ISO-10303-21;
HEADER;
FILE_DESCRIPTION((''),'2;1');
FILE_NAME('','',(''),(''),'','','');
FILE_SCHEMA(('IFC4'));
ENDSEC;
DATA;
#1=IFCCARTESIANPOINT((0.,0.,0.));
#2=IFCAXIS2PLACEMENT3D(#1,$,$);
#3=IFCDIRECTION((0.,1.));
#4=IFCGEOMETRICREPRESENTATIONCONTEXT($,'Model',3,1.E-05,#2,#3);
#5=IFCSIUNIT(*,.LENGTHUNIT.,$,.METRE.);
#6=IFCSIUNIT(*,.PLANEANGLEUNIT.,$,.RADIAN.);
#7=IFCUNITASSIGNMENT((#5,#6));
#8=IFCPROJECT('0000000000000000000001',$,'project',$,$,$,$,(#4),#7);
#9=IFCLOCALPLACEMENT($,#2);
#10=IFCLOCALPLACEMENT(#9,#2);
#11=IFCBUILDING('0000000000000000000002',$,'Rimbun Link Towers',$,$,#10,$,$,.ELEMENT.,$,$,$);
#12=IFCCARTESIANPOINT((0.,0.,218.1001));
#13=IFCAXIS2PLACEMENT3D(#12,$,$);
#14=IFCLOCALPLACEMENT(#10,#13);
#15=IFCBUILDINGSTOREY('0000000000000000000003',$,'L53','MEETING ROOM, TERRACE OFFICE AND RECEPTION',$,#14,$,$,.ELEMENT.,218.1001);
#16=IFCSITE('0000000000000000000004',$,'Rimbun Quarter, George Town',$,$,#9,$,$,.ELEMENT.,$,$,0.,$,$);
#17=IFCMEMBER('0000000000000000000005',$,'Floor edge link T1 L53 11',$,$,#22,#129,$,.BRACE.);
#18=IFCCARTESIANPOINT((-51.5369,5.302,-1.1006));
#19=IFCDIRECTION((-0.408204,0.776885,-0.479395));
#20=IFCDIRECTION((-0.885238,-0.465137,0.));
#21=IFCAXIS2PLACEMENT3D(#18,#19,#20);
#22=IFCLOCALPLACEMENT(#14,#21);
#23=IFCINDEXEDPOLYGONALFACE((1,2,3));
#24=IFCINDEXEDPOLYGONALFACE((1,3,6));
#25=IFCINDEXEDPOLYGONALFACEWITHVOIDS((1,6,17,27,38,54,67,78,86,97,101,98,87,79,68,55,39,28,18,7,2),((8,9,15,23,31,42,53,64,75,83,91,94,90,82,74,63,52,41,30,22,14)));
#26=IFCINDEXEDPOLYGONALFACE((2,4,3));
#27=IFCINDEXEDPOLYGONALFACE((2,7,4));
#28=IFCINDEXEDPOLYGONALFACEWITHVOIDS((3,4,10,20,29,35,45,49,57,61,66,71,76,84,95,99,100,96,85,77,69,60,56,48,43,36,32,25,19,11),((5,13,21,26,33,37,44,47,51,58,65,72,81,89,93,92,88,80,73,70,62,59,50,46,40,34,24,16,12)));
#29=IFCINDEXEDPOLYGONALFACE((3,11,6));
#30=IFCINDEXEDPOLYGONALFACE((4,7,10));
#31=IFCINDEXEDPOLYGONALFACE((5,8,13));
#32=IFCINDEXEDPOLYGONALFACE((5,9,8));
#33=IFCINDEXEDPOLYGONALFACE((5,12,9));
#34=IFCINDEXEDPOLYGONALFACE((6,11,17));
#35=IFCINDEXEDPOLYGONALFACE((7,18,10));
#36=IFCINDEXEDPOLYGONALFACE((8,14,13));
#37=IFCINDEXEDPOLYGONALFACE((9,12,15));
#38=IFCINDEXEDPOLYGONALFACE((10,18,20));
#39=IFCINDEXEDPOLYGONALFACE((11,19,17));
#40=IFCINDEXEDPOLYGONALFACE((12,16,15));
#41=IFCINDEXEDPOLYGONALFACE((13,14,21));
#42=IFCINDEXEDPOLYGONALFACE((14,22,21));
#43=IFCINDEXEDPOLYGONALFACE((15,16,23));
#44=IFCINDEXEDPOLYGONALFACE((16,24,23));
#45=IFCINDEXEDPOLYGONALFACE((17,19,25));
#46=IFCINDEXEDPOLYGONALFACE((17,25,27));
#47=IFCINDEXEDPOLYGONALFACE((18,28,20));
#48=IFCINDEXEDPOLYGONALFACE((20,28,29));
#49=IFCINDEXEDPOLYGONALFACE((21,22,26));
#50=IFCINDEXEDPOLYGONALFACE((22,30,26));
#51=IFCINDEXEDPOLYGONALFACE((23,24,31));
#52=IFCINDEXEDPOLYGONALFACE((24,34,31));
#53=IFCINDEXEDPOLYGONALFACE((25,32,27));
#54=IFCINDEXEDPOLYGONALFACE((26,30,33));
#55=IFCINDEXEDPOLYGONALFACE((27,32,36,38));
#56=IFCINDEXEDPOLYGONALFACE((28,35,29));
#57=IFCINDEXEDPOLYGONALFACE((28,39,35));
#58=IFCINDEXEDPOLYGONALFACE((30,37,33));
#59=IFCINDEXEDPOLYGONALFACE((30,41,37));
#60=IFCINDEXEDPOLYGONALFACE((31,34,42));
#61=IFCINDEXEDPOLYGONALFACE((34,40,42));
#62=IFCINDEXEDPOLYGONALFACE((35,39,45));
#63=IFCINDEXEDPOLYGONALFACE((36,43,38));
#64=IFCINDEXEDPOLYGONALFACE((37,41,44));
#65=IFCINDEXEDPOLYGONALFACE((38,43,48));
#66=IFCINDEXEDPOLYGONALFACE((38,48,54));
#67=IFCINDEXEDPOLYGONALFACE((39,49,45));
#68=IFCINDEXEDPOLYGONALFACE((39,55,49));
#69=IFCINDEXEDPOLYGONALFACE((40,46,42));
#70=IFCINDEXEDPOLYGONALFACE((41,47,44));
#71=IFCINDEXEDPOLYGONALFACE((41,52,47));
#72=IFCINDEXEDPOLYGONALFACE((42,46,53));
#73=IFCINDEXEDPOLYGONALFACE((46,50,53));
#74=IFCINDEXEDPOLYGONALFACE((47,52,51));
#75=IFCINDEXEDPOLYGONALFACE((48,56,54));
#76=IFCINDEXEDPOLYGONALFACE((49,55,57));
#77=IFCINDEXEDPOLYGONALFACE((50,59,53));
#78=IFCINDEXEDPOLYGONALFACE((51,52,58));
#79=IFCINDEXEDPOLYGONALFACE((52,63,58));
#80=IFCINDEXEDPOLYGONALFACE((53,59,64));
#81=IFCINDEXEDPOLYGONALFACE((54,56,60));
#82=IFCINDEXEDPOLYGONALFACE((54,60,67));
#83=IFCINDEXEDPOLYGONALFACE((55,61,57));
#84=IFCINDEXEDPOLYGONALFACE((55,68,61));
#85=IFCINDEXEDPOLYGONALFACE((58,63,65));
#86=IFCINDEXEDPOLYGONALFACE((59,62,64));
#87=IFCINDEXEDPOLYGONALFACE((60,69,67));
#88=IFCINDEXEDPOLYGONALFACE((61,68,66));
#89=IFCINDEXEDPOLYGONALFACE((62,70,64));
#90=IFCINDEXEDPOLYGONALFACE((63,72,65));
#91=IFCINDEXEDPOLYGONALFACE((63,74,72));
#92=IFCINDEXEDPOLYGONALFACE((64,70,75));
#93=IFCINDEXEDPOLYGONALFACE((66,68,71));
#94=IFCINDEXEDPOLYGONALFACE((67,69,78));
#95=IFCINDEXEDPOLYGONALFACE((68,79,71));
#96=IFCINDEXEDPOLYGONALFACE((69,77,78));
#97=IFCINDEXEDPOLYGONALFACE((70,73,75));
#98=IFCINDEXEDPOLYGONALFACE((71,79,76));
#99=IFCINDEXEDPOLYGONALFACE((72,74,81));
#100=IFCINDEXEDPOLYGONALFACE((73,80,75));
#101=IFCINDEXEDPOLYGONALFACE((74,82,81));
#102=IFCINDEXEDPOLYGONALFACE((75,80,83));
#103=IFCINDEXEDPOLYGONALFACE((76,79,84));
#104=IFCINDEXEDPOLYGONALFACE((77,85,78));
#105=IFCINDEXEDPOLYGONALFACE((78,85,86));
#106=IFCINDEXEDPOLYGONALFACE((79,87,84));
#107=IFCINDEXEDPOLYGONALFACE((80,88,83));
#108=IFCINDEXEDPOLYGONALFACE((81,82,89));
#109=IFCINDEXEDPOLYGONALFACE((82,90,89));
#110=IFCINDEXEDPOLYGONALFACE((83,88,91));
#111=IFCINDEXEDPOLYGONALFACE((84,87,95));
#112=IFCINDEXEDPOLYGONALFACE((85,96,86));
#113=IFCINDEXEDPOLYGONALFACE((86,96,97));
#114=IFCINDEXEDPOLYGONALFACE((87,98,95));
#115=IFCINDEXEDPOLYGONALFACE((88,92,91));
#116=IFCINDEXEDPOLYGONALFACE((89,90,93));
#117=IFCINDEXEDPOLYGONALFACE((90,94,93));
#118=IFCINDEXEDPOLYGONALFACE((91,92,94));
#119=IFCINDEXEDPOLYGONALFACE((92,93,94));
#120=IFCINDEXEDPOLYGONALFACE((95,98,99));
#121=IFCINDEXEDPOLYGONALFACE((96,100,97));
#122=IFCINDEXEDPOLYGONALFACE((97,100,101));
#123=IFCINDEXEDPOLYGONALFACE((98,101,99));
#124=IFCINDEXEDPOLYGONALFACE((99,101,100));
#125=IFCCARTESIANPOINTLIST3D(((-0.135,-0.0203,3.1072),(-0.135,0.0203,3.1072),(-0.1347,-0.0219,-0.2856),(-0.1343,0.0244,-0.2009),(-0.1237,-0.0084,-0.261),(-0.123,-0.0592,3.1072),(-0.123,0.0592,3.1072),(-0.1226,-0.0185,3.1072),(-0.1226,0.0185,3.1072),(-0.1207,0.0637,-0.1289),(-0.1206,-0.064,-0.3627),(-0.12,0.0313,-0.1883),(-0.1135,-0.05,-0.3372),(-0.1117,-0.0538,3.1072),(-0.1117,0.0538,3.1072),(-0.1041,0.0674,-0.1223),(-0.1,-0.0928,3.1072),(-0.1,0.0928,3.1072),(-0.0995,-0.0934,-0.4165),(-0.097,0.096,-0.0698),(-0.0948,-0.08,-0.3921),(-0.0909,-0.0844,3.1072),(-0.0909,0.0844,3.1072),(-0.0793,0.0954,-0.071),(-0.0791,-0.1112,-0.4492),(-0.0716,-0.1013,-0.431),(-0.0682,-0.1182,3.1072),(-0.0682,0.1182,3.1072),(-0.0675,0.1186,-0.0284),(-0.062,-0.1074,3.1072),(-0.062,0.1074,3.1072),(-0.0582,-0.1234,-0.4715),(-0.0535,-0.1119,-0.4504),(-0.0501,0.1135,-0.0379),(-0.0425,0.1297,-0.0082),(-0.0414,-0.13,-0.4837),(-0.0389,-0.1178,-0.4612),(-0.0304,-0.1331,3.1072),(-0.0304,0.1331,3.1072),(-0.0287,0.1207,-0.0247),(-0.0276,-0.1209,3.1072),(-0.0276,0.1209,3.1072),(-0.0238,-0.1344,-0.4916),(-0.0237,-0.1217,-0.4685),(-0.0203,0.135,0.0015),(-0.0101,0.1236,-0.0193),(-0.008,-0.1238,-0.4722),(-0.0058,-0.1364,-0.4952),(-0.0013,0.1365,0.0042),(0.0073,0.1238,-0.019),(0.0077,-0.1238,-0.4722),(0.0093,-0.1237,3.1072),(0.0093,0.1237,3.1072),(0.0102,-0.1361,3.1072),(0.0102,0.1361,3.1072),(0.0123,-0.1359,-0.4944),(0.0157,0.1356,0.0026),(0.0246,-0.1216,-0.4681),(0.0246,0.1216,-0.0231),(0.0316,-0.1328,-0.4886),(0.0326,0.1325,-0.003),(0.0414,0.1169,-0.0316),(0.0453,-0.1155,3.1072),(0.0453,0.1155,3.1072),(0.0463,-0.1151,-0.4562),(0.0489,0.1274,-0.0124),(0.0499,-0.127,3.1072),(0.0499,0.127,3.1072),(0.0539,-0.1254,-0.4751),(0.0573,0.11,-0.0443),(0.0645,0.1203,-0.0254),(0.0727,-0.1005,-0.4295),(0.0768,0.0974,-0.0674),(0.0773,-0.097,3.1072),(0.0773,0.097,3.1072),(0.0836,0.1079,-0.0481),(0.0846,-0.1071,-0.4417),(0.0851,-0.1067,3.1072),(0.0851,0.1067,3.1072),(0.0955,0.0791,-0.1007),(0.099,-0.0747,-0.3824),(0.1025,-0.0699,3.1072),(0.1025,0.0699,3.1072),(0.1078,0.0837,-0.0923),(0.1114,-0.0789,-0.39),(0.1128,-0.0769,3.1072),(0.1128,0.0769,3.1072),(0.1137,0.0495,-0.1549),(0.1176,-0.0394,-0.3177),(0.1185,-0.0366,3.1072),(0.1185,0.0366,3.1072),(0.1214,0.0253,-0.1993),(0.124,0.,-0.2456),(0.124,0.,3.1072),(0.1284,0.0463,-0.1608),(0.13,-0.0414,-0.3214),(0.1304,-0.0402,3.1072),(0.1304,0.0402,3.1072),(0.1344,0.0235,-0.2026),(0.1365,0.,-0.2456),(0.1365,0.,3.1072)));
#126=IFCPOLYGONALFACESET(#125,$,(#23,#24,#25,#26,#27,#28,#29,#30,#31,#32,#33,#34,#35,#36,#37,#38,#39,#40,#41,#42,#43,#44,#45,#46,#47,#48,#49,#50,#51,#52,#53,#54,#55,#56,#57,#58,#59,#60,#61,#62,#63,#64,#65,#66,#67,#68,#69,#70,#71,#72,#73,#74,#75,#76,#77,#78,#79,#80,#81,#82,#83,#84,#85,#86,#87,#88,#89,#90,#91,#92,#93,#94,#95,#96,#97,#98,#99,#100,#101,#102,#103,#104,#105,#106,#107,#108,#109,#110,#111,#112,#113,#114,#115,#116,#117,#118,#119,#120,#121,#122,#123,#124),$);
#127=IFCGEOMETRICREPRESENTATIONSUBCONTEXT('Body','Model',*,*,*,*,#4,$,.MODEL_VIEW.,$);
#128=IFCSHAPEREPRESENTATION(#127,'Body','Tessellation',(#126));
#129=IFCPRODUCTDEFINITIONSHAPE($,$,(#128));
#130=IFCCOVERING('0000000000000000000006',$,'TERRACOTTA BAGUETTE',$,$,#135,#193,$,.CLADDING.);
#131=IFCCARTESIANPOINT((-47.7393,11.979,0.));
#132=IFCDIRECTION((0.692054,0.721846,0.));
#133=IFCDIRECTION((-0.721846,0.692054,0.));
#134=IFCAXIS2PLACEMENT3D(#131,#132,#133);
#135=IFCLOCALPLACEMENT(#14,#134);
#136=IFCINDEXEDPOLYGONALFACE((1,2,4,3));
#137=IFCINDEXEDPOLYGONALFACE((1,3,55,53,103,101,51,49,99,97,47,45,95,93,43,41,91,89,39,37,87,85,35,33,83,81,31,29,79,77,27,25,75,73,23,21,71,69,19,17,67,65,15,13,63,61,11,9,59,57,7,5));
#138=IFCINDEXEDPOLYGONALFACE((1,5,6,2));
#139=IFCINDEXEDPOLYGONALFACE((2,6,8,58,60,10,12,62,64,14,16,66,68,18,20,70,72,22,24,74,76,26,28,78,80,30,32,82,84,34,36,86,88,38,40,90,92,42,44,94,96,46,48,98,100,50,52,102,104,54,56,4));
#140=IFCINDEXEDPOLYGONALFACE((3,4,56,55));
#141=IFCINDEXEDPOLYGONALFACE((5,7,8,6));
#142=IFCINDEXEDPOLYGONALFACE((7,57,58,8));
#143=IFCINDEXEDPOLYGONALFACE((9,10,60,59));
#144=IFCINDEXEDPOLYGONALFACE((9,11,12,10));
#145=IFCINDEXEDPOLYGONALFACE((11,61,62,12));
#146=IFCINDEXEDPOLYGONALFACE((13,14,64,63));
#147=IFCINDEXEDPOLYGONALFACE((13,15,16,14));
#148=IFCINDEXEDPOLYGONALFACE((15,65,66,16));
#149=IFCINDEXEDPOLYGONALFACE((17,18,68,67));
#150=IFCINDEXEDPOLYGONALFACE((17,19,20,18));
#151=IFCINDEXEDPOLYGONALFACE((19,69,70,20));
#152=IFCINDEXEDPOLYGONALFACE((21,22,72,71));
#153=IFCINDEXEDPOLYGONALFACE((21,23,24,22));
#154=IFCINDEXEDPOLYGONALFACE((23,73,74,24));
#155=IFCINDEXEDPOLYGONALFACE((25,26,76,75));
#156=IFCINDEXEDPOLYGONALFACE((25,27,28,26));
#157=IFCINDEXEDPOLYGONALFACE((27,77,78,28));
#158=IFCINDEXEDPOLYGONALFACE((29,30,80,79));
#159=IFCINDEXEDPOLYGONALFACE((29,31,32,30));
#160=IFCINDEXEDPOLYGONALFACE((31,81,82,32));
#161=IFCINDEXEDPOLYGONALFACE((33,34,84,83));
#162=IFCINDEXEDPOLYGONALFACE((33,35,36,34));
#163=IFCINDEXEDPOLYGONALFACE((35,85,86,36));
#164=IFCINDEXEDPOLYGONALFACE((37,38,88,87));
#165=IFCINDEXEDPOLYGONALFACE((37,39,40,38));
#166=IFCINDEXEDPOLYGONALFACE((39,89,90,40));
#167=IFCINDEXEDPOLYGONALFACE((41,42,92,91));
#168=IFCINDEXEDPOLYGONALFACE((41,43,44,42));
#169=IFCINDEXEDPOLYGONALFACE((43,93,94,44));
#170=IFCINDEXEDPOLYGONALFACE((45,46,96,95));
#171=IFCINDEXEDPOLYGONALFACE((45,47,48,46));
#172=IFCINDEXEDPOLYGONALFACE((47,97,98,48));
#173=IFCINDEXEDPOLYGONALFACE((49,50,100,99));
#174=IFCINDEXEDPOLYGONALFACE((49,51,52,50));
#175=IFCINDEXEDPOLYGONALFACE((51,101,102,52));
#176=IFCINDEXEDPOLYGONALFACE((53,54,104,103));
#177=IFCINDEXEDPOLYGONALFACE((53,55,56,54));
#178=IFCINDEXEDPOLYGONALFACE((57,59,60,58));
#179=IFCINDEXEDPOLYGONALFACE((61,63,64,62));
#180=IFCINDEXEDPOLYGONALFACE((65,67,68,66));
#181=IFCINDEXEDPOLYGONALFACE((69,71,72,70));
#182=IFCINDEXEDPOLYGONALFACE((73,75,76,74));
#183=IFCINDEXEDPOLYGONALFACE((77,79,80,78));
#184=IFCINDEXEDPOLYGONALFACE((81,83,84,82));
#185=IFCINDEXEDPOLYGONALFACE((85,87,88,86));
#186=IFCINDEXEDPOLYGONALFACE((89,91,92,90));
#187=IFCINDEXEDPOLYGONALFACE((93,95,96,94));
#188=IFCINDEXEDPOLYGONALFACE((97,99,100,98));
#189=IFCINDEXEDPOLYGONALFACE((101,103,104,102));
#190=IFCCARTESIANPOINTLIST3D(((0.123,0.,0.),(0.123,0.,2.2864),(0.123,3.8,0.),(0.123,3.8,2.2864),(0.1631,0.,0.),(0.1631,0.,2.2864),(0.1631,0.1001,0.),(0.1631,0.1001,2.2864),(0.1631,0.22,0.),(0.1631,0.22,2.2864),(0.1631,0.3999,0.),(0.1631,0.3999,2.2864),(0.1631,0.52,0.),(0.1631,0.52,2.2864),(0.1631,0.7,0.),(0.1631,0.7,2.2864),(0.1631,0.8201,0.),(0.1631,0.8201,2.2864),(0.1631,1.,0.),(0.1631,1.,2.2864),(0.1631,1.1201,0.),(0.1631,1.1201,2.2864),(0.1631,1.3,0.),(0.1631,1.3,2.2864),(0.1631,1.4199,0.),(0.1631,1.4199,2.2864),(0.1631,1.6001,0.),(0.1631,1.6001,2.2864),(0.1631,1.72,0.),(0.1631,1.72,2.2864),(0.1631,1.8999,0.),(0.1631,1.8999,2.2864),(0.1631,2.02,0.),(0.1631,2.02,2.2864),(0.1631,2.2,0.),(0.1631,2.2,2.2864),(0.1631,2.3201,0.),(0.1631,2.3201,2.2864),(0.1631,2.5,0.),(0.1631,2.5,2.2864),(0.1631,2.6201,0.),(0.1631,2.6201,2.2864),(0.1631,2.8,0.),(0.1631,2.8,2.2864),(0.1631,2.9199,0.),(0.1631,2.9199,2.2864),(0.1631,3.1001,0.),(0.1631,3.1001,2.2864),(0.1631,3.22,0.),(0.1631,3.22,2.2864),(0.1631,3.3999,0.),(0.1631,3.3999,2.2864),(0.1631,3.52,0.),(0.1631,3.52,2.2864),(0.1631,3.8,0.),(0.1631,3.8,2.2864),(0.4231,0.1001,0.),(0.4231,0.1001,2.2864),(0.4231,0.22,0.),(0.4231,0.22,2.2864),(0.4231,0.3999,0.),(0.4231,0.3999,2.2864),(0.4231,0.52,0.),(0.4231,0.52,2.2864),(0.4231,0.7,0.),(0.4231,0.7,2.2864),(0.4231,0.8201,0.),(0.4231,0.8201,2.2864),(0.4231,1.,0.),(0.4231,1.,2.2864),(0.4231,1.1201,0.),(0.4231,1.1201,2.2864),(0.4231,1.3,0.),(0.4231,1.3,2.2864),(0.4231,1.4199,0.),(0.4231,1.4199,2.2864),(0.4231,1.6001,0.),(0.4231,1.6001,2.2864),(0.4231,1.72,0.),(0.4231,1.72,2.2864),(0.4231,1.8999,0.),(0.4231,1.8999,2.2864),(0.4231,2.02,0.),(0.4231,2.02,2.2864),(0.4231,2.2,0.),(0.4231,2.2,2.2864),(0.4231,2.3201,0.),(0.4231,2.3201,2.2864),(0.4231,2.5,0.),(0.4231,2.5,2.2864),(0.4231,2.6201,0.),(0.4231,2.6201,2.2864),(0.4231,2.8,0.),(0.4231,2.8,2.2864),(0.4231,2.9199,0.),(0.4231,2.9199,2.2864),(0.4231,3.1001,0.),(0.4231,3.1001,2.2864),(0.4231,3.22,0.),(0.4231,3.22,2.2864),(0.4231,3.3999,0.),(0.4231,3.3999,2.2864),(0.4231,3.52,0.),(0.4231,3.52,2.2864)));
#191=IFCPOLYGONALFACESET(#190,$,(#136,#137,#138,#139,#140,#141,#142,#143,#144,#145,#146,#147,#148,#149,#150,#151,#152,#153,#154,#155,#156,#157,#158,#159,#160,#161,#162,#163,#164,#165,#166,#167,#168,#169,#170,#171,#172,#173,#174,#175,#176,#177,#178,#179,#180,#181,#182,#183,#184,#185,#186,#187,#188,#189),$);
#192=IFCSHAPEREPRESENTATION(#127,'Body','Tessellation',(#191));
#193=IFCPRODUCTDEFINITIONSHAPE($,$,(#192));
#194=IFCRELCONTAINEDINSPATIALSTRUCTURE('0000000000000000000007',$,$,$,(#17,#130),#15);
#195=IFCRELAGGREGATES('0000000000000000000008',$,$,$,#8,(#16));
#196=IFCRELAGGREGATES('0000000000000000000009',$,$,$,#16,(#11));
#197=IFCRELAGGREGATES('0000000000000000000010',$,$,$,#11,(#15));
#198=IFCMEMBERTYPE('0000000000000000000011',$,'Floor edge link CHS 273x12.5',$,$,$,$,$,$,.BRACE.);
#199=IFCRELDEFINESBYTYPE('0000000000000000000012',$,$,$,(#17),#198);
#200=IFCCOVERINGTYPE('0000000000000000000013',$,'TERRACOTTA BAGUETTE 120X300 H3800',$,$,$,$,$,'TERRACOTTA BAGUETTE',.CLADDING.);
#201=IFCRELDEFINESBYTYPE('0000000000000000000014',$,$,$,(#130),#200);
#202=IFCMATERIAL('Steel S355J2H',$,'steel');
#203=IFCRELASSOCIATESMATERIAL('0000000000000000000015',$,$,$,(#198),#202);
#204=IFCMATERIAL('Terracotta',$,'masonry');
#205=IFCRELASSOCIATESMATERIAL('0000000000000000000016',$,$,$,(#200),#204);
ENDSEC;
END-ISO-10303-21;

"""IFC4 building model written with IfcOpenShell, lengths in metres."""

from ifc_helpers import new_model, si_unit, direction, frame, origin, origin_2d, place, context, subcontext, project, spatial, polyline, hollow_circle, outline, extrude, clip, halfspace, material, material_profile, profile_set, type_object, element, save


model = new_model("IFC4")

# Units and contexts
model_context = context("Model", 3, precision=1e-05, world=origin(), true_north=direction((0.0, 1.0)))
body_context = subcontext(model_context, "Body", "Model", "MODEL_VIEW")
ifc_project = project(units=[si_unit("LENGTHUNIT", "METRE"), si_unit("PLANEANGLEUNIT", "RADIAN")], contexts=[model_context])

# Site, building, storey
site_placement = place(None, origin())
site = spatial("IfcSite", under=ifc_project, at=site_placement, Name="Rimbun Quarter, George Town", CompositionType="ELEMENT", RefElevation=0.0)
building_placement = place(site_placement, origin())
building = spatial("IfcBuilding", under=site, at=building_placement, Name="Rimbun Link Towers", CompositionType="ELEMENT")
storey_placement = place(building_placement, frame((0.0, 0.0, 218.1001)))
storey = spatial("IfcBuildingStorey", under=building, at=storey_placement, Name="L53", Description="MEETING ROOM, TERRACE OFFICE AND RECEPTION", CompositionType="ELEMENT", Elevation=218.1001)

# Member
ifc_material_1 = material(Name="Steel S355J2H", Category="steel")
ifc_material_profile_1 = material_profile(ifc_material_1, hollow_circle(Radius=0.1365, WallThickness=0.0125, at=origin_2d()), Name="CHS 273x12.5")
ifc_profile_set_1 = profile_set([ifc_material_profile_1], Name="Steel S355J2H")
member_type_1 = type_object("IfcMemberType", Name="Floor edge link CHS 273x12.5", PredefinedType="BRACE", material=ifc_profile_set_1)
member_1_placement = place(storey_placement, frame((-51.5369, 5.302, -1.1006), z_axis=(-0.408204, 0.776885, -0.479395), x_axis=(-0.885238, -0.465137, 0.0)))
element("IfcMember", 1, at=member_1_placement, inside=storey, type_object=member_type_1, Name="Floor edge link T1 L53 11", PredefinedType="BRACE", context=body_context, shape_type="Clipping", body=[
    clip(extrude(hollow_circle(Radius=0.1365, WallThickness=0.0125, at=origin_2d()), frame((0.0, 0.0, -0.5205)), (0.0, 0.0, 1.0), 3.6277), halfspace(frame((0.0, 0.0, -0.2456), z_axis=(0.0, 0.877599, -0.479395)), False)),
])

# Covering
ifc_material_2 = material(Name="Terracotta", Category="masonry")
ifc_material_profile_2 = material_profile(ifc_material_2, outline(polyline([(0.123, 0.0), (0.1631, 0.0), (0.1631, 0.1001), (0.4231, 0.1001), (0.4231, 0.22), (0.1631, 0.22), (0.1631, 0.3999), (0.4231, 0.3999), (0.4231, 0.52), (0.1631, 0.52), (0.1631, 0.7), (0.4231, 0.7), (0.4231, 0.8201), (0.1631, 0.8201), (0.1631, 1.0), (0.4231, 1.0), (0.4231, 1.1201), (0.1631, 1.1201), (0.1631, 1.3), (0.4231, 1.3), (0.4231, 1.4199), (0.1631, 1.4199), (0.1631, 1.6001), (0.4231, 1.6001), (0.4231, 1.72), (0.1631, 1.72), (0.1631, 1.8999), (0.4231, 1.8999), (0.4231, 2.02), (0.1631, 2.02), (0.1631, 2.2), (0.4231, 2.2), (0.4231, 2.3201), (0.1631, 2.3201), (0.1631, 2.5), (0.4231, 2.5), (0.4231, 2.6201), (0.1631, 2.6201), (0.1631, 2.8), (0.4231, 2.8), (0.4231, 2.9199), (0.1631, 2.9199), (0.1631, 3.1001), (0.4231, 3.1001), (0.4231, 3.22), (0.1631, 3.22), (0.1631, 3.3999), (0.4231, 3.3999), (0.4231, 3.52), (0.1631, 3.52), (0.1631, 3.8), (0.123, 3.8), (0.123, 0.0)])), Name="BAGUETTE 120X300")
ifc_profile_set_2 = profile_set([ifc_material_profile_2], Name="Terracotta")
covering_type = type_object("IfcCoveringType", Name="TERRACOTTA BAGUETTE 120X300 H3800", ElementType="TERRACOTTA BAGUETTE", PredefinedType="CLADDING", material=ifc_profile_set_2)
covering_1_placement = place(storey_placement, frame((-47.7393, 11.979, 0.0), z_axis=(0.692054, 0.721846, 0.0), x_axis=(-0.721846, 0.692054, 0.0)))
element("IfcCovering", 2, at=covering_1_placement, inside=storey, type_object=covering_type, Name="TERRACOTTA BAGUETTE", PredefinedType="CLADDING", context=body_context, shape_type="SweptSolid", body=[
    extrude(outline(polyline([(0.123, 0.0), (0.1631, 0.0), (0.1631, 0.1001), (0.4231, 0.1001), (0.4231, 0.22), (0.1631, 0.22), (0.1631, 0.3999), (0.4231, 0.3999), (0.4231, 0.52), (0.1631, 0.52), (0.1631, 0.7), (0.4231, 0.7), (0.4231, 0.8201), (0.1631, 0.8201), (0.1631, 1.0), (0.4231, 1.0), (0.4231, 1.1201), (0.1631, 1.1201), (0.1631, 1.3), (0.4231, 1.3), (0.4231, 1.4199), (0.1631, 1.4199), (0.1631, 1.6001), (0.4231, 1.6001), (0.4231, 1.72), (0.1631, 1.72), (0.1631, 1.8999), (0.4231, 1.8999), (0.4231, 2.02), (0.1631, 2.02), (0.1631, 2.2), (0.4231, 2.2), (0.4231, 2.3201), (0.1631, 2.3201), (0.1631, 2.5), (0.4231, 2.5), (0.4231, 2.6201), (0.1631, 2.6201), (0.1631, 2.8), (0.4231, 2.8), (0.4231, 2.9199), (0.1631, 2.9199), (0.1631, 3.1001), (0.4231, 3.1001), (0.4231, 3.22), (0.1631, 3.22), (0.1631, 3.3999), (0.4231, 3.3999), (0.4231, 3.52), (0.1631, 3.52), (0.1631, 3.8), (0.123, 3.8), (0.123, 0.0)])), origin(), (0.0, 0.0, 1.0), 2.2864),
])

save(model, "model.ifc")
